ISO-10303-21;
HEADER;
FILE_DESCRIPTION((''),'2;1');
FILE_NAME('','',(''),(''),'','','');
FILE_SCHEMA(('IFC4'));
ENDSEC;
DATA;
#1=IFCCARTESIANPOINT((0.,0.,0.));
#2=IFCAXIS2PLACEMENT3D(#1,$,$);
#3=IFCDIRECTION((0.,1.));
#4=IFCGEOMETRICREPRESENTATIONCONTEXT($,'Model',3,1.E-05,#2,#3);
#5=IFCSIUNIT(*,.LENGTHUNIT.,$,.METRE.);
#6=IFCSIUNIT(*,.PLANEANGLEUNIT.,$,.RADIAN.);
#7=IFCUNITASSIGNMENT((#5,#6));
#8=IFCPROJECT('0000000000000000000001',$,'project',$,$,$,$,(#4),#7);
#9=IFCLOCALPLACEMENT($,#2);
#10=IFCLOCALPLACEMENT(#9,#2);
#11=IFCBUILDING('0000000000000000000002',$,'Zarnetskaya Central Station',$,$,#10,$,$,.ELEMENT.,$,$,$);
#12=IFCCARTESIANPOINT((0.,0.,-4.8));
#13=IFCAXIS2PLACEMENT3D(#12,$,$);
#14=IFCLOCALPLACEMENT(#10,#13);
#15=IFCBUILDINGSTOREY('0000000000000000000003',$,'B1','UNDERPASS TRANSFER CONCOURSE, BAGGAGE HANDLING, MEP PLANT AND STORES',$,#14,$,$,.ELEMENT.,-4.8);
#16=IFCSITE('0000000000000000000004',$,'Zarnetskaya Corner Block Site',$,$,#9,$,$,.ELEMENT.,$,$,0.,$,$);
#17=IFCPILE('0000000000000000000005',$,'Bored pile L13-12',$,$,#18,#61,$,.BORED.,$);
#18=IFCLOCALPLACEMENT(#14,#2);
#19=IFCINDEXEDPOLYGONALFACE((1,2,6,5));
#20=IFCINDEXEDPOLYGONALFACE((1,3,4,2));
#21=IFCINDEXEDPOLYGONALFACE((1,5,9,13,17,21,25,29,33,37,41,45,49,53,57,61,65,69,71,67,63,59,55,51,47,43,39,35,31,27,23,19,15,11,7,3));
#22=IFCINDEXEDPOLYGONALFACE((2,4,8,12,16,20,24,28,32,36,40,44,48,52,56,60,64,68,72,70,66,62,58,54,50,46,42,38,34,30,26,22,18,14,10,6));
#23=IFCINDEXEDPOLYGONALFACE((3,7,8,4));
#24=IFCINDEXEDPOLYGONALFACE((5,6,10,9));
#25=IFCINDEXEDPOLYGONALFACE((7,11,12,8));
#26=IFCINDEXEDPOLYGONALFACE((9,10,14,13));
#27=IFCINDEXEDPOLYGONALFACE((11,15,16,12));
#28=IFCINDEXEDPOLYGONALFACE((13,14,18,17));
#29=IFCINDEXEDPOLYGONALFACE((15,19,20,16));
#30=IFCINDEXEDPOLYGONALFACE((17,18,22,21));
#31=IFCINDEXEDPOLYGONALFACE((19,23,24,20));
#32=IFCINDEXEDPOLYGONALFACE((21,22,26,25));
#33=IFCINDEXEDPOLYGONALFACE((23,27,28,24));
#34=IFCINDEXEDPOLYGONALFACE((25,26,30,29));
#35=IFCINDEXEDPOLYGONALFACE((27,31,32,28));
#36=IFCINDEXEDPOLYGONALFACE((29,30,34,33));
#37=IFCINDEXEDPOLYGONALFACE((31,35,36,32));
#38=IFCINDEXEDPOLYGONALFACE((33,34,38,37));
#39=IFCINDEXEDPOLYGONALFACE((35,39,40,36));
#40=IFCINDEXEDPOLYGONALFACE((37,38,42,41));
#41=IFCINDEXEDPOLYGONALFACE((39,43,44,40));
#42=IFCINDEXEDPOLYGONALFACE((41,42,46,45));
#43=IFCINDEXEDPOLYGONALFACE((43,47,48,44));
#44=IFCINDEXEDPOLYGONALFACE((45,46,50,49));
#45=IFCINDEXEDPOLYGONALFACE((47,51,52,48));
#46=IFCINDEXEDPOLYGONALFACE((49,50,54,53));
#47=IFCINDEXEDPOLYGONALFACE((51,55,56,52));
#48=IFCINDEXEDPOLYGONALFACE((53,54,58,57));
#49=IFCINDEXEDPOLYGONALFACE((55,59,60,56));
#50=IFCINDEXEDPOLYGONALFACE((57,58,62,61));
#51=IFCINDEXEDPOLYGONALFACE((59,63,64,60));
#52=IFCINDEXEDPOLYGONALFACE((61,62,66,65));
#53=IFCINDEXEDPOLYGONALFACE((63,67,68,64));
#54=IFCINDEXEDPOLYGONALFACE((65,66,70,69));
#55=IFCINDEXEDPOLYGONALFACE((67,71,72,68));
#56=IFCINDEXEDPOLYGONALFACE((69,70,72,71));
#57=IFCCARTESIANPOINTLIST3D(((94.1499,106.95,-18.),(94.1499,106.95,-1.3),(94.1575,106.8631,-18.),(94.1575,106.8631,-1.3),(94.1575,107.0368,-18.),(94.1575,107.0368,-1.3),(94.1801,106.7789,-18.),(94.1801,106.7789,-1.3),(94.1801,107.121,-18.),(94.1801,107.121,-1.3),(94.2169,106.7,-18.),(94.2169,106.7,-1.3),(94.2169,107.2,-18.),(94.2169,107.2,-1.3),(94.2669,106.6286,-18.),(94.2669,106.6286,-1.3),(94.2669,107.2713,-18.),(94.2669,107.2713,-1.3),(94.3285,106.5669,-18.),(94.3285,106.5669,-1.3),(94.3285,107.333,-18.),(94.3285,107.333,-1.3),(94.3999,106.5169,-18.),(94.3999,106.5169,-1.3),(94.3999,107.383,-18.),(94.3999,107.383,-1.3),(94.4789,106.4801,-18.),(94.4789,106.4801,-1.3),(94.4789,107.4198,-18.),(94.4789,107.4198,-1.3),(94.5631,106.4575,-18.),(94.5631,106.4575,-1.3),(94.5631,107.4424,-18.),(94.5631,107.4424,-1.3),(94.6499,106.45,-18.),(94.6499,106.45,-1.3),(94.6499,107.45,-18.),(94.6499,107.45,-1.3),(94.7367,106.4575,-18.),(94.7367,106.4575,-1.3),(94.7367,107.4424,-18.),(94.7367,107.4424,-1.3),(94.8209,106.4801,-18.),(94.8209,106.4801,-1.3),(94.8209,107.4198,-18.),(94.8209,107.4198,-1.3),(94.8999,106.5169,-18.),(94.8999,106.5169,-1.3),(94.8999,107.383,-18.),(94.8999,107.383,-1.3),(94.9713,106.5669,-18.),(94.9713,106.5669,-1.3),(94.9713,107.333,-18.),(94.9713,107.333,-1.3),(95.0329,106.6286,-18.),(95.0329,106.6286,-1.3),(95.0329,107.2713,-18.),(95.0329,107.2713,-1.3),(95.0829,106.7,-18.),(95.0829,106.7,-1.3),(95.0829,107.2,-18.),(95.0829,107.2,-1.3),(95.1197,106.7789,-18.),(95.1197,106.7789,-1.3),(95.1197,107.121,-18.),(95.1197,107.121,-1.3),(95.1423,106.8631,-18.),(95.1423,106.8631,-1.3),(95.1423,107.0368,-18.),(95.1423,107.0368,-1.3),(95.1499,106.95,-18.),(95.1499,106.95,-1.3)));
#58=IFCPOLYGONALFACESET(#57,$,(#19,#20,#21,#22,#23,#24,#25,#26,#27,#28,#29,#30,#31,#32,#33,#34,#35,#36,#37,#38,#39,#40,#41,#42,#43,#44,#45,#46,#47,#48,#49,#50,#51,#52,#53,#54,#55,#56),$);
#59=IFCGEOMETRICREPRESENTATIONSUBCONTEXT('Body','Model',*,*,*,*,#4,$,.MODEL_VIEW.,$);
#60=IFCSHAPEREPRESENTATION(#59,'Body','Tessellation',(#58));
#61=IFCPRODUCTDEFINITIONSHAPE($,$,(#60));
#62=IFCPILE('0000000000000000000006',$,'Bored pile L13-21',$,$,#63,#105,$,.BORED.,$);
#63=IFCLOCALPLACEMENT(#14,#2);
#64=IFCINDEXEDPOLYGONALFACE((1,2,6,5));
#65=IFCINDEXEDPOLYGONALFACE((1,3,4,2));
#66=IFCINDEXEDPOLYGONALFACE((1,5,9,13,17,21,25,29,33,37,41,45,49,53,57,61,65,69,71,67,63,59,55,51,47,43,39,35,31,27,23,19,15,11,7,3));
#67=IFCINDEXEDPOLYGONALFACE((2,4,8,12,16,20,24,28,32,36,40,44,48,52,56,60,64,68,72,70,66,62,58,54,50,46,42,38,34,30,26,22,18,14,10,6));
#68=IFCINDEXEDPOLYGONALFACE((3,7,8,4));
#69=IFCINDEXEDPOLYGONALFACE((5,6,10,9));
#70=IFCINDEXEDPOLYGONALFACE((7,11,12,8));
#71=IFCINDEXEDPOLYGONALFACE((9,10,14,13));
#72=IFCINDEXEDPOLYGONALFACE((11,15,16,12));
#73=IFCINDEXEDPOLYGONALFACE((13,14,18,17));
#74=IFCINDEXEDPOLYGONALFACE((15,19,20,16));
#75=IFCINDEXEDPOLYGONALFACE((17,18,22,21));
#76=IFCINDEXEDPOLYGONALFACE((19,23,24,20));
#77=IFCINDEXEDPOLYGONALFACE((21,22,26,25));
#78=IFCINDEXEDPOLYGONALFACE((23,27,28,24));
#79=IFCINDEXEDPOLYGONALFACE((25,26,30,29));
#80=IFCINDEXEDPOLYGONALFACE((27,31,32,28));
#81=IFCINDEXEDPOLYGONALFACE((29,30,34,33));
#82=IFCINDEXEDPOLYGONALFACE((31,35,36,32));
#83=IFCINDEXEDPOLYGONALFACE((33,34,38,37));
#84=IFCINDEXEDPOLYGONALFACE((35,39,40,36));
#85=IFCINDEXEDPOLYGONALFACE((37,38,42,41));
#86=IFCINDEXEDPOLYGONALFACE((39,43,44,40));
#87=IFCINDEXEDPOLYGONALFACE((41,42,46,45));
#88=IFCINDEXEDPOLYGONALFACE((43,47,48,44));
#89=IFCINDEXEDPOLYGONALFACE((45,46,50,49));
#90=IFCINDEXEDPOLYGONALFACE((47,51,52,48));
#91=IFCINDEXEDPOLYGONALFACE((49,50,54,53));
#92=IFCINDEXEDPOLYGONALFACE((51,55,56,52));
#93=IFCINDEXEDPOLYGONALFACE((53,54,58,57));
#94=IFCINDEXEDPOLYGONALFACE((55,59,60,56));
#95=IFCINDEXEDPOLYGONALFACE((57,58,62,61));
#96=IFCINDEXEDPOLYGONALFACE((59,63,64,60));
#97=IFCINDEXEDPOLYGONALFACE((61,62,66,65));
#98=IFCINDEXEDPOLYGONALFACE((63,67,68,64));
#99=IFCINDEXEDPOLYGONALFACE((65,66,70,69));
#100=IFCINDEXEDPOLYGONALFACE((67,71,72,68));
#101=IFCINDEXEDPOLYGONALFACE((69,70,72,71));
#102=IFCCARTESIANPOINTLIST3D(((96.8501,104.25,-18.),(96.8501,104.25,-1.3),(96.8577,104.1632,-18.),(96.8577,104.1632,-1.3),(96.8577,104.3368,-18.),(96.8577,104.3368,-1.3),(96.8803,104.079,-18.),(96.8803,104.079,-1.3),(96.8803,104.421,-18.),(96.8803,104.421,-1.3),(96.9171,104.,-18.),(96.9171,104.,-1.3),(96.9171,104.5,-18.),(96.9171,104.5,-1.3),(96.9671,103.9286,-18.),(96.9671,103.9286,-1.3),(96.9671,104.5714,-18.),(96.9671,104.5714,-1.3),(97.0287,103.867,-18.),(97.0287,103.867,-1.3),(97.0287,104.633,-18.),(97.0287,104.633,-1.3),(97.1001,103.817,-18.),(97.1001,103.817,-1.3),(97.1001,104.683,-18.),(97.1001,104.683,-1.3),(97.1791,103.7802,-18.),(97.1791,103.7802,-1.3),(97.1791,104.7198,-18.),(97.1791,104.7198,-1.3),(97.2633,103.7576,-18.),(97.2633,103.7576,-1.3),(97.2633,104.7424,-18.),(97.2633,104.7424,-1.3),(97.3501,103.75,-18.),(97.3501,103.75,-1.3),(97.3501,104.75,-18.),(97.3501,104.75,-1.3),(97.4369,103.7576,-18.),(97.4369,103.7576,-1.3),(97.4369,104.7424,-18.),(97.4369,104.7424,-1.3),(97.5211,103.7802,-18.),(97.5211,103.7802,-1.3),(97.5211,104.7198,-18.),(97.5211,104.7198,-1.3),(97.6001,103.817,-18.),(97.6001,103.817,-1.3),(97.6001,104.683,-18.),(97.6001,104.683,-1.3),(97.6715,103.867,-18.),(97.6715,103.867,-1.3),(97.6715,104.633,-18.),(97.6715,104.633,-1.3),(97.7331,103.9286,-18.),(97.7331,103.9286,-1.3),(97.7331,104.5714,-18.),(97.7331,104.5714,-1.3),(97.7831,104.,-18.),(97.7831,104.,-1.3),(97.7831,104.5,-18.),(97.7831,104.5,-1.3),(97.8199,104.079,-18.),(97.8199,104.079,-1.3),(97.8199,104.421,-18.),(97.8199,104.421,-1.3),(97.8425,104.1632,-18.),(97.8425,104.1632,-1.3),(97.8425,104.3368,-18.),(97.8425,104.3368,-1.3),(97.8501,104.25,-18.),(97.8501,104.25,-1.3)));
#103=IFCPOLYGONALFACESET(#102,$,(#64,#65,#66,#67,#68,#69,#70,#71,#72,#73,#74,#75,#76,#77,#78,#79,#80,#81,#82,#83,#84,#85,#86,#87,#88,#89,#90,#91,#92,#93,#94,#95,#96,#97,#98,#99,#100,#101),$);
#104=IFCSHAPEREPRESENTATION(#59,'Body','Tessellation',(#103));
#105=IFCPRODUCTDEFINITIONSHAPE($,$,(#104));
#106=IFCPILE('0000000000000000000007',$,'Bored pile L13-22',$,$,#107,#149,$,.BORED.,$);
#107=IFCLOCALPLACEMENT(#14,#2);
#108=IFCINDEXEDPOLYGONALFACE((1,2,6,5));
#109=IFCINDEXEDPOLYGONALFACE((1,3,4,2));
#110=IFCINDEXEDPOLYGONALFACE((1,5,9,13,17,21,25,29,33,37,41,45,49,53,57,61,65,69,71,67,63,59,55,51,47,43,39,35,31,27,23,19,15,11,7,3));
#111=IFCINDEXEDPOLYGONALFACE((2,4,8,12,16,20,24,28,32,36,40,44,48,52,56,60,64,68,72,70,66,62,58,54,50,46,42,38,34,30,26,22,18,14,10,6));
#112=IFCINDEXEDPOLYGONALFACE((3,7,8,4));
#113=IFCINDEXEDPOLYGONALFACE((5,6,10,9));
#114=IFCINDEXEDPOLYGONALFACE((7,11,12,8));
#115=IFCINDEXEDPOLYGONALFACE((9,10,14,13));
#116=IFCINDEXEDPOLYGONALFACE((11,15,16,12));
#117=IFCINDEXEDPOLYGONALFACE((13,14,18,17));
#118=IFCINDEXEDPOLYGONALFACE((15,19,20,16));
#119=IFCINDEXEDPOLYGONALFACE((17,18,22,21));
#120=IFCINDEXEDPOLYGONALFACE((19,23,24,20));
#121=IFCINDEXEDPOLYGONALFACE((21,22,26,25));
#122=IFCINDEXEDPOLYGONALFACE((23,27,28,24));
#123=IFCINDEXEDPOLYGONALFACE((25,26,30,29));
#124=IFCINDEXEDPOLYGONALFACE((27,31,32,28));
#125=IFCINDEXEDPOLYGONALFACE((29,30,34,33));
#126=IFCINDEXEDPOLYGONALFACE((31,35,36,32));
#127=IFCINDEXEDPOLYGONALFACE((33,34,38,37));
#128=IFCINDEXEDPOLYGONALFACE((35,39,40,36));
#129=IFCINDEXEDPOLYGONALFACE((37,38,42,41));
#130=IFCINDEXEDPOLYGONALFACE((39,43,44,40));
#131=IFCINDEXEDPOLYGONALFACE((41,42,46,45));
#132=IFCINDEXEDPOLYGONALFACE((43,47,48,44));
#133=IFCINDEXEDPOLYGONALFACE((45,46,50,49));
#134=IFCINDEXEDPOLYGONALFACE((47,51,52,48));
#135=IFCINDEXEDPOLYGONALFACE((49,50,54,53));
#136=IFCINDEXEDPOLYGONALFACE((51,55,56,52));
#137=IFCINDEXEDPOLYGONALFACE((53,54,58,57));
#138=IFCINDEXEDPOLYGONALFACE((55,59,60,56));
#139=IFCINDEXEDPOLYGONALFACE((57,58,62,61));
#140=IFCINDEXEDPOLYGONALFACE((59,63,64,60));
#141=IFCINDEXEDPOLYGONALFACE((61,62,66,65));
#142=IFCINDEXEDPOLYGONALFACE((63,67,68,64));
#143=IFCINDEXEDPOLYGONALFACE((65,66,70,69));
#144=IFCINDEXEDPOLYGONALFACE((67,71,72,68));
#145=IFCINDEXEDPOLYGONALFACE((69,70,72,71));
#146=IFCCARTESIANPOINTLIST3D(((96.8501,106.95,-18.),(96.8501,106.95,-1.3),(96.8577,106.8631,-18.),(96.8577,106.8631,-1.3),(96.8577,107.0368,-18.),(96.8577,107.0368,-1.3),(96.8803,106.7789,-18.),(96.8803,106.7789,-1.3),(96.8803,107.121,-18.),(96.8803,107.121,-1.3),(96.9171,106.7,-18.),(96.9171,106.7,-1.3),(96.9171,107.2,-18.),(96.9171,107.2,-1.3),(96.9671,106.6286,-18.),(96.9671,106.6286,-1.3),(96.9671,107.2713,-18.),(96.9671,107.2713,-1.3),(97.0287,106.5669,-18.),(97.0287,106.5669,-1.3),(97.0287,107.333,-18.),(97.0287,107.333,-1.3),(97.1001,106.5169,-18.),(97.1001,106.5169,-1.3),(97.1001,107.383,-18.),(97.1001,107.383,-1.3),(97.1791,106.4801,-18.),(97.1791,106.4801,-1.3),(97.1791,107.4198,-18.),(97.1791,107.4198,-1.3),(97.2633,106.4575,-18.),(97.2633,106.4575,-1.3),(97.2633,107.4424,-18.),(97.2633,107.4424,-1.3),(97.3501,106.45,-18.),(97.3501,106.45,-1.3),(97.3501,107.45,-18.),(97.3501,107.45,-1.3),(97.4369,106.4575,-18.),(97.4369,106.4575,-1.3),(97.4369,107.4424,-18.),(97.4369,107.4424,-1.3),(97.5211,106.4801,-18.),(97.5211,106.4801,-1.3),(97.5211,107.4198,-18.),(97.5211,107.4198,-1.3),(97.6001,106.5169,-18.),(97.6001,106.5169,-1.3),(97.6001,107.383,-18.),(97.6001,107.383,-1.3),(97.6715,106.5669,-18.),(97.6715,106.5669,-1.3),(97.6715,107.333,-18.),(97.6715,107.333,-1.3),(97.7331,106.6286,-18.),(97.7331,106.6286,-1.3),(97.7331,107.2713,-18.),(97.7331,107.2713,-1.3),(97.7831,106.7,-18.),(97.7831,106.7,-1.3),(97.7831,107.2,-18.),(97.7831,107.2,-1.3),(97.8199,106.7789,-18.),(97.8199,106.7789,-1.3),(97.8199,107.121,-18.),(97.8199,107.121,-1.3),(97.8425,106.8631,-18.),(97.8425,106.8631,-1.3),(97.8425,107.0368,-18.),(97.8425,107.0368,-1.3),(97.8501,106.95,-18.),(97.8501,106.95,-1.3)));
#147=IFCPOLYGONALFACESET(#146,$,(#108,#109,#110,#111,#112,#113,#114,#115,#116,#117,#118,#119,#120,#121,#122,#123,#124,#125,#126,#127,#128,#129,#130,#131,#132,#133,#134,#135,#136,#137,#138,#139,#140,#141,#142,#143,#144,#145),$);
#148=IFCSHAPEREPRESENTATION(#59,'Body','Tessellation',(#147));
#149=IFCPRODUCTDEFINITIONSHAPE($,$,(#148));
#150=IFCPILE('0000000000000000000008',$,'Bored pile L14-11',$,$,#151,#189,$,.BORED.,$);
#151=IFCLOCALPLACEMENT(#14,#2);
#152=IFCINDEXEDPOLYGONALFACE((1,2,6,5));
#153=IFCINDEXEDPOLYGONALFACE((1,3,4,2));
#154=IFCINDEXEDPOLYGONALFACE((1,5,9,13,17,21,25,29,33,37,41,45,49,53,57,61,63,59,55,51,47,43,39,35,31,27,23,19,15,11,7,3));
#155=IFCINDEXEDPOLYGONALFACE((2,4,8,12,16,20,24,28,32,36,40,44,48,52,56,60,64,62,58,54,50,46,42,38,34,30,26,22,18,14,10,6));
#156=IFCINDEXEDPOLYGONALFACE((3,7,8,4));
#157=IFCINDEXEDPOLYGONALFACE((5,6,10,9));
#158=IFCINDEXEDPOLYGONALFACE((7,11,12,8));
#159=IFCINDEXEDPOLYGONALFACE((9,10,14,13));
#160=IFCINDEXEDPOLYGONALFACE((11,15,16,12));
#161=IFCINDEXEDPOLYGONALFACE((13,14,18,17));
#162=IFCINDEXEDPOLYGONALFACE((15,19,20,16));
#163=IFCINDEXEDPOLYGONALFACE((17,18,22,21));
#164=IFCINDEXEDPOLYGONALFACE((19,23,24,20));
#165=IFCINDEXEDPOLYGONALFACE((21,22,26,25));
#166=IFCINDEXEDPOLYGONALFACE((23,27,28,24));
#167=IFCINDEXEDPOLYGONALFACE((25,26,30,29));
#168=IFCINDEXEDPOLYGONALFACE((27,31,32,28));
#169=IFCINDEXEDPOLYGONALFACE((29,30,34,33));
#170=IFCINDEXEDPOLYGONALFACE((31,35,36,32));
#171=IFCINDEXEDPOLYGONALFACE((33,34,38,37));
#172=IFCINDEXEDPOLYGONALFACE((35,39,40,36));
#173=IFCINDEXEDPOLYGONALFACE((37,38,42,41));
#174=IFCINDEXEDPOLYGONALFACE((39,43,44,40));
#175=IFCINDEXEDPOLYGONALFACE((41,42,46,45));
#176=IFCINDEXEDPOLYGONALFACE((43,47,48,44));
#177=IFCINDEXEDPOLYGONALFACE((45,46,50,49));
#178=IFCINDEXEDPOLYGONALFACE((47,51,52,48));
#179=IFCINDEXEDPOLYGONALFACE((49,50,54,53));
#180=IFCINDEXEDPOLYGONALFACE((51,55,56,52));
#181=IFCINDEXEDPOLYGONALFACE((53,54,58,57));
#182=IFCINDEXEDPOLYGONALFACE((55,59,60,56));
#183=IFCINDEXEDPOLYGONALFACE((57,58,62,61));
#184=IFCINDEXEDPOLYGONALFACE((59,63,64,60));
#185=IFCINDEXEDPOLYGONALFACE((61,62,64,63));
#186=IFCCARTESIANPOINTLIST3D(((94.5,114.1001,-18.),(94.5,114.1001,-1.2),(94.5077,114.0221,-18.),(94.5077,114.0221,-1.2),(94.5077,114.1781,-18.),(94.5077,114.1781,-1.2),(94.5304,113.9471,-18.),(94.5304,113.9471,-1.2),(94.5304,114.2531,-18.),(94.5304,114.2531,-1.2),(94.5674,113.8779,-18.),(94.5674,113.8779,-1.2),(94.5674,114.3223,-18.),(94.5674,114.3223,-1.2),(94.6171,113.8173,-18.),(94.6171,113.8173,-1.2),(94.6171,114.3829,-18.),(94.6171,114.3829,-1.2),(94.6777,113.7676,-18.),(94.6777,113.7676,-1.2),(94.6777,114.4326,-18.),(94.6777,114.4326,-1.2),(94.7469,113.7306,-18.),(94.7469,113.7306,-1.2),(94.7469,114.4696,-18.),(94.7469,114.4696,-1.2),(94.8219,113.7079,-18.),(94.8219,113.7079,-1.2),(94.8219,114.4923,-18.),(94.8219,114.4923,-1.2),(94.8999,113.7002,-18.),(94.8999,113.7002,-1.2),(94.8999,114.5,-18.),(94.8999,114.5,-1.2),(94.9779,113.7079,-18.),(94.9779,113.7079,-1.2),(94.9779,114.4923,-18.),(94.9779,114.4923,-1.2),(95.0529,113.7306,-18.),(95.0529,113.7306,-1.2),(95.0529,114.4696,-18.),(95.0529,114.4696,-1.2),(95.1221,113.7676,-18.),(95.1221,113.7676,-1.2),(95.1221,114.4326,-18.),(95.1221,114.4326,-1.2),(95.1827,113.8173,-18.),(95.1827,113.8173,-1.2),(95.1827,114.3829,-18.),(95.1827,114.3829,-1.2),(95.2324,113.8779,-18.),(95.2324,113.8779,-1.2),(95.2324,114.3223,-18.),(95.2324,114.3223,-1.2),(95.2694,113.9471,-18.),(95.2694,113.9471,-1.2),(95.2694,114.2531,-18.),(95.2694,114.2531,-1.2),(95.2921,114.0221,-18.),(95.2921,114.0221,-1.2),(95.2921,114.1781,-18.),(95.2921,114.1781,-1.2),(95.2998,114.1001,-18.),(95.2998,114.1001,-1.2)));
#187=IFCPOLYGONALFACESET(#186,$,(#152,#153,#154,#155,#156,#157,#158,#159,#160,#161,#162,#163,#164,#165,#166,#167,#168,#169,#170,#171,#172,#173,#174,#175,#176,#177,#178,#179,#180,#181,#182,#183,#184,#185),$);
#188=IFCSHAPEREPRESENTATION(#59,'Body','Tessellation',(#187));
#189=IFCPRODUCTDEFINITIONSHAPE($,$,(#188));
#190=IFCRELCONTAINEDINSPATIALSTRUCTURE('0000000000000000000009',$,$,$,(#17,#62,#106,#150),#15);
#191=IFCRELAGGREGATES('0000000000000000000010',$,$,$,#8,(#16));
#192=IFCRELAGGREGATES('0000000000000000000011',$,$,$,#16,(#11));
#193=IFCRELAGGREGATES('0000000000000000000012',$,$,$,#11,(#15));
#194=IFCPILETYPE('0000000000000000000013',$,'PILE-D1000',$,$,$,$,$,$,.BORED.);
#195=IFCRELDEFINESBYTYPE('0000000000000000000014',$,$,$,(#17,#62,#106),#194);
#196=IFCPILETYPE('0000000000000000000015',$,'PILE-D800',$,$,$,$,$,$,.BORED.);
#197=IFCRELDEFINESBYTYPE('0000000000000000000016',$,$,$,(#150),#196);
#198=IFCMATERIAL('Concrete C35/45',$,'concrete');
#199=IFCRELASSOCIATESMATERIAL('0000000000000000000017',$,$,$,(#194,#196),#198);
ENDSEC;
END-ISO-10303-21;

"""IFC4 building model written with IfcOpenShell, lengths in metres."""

from ifc_helpers import new_model, si_unit, direction, frame, origin, origin_2d, place, context, subcontext, project, spatial, circle, extrude, material, material_profile, profile_set, type_object, element, save


model = new_model("IFC4")

# Units and contexts
model_context = context("Model", 3, precision=1e-05, world=origin(), true_north=direction((0.0, 1.0)))
body_context = subcontext(model_context, "Body", "Model", "MODEL_VIEW")
ifc_project = project(units=[si_unit("LENGTHUNIT", "METRE"), si_unit("PLANEANGLEUNIT", "RADIAN")], contexts=[model_context])

# Site, building, storey
site_placement = place(None, origin())
site = spatial("IfcSite", under=ifc_project, at=site_placement, Name="Zarnetskaya Corner Block Site", CompositionType="ELEMENT", RefElevation=0.0)
building_placement = place(site_placement, origin())
building = spatial("IfcBuilding", under=site, at=building_placement, Name="Zarnetskaya Central Station", CompositionType="ELEMENT")
storey_placement = place(building_placement, frame((0.0, 0.0, -4.8)))
storey = spatial("IfcBuildingStorey", under=building, at=storey_placement, Name="B1", Description="UNDERPASS TRANSFER CONCOURSE, BAGGAGE HANDLING, MEP PLANT AND STORES", CompositionType="ELEMENT", Elevation=-4.8)

# Shared definitions
ifc_material_1 = material(Name="Concrete C35/45", Category="concrete")

# Piles
ifc_material_profile_1 = material_profile(ifc_material_1, circle(Radius=0.5, at=origin_2d()), Name="BORED PILE D1000")
ifc_profile_set_1 = profile_set([ifc_material_profile_1], Name="Concrete C35/45")
pile_type_1 = type_object("IfcPileType", Name="PILE-D1000", PredefinedType="BORED", material=ifc_profile_set_1)
for number, where, z_axis, x_axis, name in (
    (1, (94.6499, 106.95, -1.3), (0.0, 0.0, -1.0), (1.0, 0.0, 0.0), "Bored pile L13-12"),
    (2, (97.3501, 104.25, -1.3), (0.0, 0.0, -1.0), (1.0, 0.0, 0.0), "Bored pile L13-21"),
    (3, (97.3501, 106.95, -1.3), (0.0, 0.0, -1.0), (1.0, 0.0, 0.0), "Bored pile L13-22"),
):
    element("IfcPile", number, at=place(storey_placement, frame(where, z_axis=z_axis, x_axis=x_axis)), inside=storey, type_object=pile_type_1, Name=name, PredefinedType="BORED", context=body_context, shape_type="SweptSolid", body=[
        extrude(circle(Radius=0.5, at=origin_2d()), origin(), (0.0, 0.0, 1.0), 16.7),
    ])
ifc_material_profile_2 = material_profile(ifc_material_1, circle(Radius=0.3999, at=origin_2d()), Name="BORED PILE D800")
ifc_profile_set_2 = profile_set([ifc_material_profile_2], Name="Concrete C35/45")
pile_type_2 = type_object("IfcPileType", Name="PILE-D800", PredefinedType="BORED", material=ifc_profile_set_2)
for number, where, z_axis, x_axis, name in (
    (4, (94.8999, 114.1001, -1.2), (0.0, 0.0, -1.0), (1.0, 0.0, 0.0), "Bored pile L14-11"),
):
    element("IfcPile", number, at=place(storey_placement, frame(where, z_axis=z_axis, x_axis=x_axis)), inside=storey, type_object=pile_type_2, Name=name, PredefinedType="BORED", context=body_context, shape_type="SweptSolid", body=[
        extrude(circle(Radius=0.3999, at=origin_2d()), origin(), (0.0, 0.0, 1.0), 16.8),
    ])

save(model, "model.ifc")
